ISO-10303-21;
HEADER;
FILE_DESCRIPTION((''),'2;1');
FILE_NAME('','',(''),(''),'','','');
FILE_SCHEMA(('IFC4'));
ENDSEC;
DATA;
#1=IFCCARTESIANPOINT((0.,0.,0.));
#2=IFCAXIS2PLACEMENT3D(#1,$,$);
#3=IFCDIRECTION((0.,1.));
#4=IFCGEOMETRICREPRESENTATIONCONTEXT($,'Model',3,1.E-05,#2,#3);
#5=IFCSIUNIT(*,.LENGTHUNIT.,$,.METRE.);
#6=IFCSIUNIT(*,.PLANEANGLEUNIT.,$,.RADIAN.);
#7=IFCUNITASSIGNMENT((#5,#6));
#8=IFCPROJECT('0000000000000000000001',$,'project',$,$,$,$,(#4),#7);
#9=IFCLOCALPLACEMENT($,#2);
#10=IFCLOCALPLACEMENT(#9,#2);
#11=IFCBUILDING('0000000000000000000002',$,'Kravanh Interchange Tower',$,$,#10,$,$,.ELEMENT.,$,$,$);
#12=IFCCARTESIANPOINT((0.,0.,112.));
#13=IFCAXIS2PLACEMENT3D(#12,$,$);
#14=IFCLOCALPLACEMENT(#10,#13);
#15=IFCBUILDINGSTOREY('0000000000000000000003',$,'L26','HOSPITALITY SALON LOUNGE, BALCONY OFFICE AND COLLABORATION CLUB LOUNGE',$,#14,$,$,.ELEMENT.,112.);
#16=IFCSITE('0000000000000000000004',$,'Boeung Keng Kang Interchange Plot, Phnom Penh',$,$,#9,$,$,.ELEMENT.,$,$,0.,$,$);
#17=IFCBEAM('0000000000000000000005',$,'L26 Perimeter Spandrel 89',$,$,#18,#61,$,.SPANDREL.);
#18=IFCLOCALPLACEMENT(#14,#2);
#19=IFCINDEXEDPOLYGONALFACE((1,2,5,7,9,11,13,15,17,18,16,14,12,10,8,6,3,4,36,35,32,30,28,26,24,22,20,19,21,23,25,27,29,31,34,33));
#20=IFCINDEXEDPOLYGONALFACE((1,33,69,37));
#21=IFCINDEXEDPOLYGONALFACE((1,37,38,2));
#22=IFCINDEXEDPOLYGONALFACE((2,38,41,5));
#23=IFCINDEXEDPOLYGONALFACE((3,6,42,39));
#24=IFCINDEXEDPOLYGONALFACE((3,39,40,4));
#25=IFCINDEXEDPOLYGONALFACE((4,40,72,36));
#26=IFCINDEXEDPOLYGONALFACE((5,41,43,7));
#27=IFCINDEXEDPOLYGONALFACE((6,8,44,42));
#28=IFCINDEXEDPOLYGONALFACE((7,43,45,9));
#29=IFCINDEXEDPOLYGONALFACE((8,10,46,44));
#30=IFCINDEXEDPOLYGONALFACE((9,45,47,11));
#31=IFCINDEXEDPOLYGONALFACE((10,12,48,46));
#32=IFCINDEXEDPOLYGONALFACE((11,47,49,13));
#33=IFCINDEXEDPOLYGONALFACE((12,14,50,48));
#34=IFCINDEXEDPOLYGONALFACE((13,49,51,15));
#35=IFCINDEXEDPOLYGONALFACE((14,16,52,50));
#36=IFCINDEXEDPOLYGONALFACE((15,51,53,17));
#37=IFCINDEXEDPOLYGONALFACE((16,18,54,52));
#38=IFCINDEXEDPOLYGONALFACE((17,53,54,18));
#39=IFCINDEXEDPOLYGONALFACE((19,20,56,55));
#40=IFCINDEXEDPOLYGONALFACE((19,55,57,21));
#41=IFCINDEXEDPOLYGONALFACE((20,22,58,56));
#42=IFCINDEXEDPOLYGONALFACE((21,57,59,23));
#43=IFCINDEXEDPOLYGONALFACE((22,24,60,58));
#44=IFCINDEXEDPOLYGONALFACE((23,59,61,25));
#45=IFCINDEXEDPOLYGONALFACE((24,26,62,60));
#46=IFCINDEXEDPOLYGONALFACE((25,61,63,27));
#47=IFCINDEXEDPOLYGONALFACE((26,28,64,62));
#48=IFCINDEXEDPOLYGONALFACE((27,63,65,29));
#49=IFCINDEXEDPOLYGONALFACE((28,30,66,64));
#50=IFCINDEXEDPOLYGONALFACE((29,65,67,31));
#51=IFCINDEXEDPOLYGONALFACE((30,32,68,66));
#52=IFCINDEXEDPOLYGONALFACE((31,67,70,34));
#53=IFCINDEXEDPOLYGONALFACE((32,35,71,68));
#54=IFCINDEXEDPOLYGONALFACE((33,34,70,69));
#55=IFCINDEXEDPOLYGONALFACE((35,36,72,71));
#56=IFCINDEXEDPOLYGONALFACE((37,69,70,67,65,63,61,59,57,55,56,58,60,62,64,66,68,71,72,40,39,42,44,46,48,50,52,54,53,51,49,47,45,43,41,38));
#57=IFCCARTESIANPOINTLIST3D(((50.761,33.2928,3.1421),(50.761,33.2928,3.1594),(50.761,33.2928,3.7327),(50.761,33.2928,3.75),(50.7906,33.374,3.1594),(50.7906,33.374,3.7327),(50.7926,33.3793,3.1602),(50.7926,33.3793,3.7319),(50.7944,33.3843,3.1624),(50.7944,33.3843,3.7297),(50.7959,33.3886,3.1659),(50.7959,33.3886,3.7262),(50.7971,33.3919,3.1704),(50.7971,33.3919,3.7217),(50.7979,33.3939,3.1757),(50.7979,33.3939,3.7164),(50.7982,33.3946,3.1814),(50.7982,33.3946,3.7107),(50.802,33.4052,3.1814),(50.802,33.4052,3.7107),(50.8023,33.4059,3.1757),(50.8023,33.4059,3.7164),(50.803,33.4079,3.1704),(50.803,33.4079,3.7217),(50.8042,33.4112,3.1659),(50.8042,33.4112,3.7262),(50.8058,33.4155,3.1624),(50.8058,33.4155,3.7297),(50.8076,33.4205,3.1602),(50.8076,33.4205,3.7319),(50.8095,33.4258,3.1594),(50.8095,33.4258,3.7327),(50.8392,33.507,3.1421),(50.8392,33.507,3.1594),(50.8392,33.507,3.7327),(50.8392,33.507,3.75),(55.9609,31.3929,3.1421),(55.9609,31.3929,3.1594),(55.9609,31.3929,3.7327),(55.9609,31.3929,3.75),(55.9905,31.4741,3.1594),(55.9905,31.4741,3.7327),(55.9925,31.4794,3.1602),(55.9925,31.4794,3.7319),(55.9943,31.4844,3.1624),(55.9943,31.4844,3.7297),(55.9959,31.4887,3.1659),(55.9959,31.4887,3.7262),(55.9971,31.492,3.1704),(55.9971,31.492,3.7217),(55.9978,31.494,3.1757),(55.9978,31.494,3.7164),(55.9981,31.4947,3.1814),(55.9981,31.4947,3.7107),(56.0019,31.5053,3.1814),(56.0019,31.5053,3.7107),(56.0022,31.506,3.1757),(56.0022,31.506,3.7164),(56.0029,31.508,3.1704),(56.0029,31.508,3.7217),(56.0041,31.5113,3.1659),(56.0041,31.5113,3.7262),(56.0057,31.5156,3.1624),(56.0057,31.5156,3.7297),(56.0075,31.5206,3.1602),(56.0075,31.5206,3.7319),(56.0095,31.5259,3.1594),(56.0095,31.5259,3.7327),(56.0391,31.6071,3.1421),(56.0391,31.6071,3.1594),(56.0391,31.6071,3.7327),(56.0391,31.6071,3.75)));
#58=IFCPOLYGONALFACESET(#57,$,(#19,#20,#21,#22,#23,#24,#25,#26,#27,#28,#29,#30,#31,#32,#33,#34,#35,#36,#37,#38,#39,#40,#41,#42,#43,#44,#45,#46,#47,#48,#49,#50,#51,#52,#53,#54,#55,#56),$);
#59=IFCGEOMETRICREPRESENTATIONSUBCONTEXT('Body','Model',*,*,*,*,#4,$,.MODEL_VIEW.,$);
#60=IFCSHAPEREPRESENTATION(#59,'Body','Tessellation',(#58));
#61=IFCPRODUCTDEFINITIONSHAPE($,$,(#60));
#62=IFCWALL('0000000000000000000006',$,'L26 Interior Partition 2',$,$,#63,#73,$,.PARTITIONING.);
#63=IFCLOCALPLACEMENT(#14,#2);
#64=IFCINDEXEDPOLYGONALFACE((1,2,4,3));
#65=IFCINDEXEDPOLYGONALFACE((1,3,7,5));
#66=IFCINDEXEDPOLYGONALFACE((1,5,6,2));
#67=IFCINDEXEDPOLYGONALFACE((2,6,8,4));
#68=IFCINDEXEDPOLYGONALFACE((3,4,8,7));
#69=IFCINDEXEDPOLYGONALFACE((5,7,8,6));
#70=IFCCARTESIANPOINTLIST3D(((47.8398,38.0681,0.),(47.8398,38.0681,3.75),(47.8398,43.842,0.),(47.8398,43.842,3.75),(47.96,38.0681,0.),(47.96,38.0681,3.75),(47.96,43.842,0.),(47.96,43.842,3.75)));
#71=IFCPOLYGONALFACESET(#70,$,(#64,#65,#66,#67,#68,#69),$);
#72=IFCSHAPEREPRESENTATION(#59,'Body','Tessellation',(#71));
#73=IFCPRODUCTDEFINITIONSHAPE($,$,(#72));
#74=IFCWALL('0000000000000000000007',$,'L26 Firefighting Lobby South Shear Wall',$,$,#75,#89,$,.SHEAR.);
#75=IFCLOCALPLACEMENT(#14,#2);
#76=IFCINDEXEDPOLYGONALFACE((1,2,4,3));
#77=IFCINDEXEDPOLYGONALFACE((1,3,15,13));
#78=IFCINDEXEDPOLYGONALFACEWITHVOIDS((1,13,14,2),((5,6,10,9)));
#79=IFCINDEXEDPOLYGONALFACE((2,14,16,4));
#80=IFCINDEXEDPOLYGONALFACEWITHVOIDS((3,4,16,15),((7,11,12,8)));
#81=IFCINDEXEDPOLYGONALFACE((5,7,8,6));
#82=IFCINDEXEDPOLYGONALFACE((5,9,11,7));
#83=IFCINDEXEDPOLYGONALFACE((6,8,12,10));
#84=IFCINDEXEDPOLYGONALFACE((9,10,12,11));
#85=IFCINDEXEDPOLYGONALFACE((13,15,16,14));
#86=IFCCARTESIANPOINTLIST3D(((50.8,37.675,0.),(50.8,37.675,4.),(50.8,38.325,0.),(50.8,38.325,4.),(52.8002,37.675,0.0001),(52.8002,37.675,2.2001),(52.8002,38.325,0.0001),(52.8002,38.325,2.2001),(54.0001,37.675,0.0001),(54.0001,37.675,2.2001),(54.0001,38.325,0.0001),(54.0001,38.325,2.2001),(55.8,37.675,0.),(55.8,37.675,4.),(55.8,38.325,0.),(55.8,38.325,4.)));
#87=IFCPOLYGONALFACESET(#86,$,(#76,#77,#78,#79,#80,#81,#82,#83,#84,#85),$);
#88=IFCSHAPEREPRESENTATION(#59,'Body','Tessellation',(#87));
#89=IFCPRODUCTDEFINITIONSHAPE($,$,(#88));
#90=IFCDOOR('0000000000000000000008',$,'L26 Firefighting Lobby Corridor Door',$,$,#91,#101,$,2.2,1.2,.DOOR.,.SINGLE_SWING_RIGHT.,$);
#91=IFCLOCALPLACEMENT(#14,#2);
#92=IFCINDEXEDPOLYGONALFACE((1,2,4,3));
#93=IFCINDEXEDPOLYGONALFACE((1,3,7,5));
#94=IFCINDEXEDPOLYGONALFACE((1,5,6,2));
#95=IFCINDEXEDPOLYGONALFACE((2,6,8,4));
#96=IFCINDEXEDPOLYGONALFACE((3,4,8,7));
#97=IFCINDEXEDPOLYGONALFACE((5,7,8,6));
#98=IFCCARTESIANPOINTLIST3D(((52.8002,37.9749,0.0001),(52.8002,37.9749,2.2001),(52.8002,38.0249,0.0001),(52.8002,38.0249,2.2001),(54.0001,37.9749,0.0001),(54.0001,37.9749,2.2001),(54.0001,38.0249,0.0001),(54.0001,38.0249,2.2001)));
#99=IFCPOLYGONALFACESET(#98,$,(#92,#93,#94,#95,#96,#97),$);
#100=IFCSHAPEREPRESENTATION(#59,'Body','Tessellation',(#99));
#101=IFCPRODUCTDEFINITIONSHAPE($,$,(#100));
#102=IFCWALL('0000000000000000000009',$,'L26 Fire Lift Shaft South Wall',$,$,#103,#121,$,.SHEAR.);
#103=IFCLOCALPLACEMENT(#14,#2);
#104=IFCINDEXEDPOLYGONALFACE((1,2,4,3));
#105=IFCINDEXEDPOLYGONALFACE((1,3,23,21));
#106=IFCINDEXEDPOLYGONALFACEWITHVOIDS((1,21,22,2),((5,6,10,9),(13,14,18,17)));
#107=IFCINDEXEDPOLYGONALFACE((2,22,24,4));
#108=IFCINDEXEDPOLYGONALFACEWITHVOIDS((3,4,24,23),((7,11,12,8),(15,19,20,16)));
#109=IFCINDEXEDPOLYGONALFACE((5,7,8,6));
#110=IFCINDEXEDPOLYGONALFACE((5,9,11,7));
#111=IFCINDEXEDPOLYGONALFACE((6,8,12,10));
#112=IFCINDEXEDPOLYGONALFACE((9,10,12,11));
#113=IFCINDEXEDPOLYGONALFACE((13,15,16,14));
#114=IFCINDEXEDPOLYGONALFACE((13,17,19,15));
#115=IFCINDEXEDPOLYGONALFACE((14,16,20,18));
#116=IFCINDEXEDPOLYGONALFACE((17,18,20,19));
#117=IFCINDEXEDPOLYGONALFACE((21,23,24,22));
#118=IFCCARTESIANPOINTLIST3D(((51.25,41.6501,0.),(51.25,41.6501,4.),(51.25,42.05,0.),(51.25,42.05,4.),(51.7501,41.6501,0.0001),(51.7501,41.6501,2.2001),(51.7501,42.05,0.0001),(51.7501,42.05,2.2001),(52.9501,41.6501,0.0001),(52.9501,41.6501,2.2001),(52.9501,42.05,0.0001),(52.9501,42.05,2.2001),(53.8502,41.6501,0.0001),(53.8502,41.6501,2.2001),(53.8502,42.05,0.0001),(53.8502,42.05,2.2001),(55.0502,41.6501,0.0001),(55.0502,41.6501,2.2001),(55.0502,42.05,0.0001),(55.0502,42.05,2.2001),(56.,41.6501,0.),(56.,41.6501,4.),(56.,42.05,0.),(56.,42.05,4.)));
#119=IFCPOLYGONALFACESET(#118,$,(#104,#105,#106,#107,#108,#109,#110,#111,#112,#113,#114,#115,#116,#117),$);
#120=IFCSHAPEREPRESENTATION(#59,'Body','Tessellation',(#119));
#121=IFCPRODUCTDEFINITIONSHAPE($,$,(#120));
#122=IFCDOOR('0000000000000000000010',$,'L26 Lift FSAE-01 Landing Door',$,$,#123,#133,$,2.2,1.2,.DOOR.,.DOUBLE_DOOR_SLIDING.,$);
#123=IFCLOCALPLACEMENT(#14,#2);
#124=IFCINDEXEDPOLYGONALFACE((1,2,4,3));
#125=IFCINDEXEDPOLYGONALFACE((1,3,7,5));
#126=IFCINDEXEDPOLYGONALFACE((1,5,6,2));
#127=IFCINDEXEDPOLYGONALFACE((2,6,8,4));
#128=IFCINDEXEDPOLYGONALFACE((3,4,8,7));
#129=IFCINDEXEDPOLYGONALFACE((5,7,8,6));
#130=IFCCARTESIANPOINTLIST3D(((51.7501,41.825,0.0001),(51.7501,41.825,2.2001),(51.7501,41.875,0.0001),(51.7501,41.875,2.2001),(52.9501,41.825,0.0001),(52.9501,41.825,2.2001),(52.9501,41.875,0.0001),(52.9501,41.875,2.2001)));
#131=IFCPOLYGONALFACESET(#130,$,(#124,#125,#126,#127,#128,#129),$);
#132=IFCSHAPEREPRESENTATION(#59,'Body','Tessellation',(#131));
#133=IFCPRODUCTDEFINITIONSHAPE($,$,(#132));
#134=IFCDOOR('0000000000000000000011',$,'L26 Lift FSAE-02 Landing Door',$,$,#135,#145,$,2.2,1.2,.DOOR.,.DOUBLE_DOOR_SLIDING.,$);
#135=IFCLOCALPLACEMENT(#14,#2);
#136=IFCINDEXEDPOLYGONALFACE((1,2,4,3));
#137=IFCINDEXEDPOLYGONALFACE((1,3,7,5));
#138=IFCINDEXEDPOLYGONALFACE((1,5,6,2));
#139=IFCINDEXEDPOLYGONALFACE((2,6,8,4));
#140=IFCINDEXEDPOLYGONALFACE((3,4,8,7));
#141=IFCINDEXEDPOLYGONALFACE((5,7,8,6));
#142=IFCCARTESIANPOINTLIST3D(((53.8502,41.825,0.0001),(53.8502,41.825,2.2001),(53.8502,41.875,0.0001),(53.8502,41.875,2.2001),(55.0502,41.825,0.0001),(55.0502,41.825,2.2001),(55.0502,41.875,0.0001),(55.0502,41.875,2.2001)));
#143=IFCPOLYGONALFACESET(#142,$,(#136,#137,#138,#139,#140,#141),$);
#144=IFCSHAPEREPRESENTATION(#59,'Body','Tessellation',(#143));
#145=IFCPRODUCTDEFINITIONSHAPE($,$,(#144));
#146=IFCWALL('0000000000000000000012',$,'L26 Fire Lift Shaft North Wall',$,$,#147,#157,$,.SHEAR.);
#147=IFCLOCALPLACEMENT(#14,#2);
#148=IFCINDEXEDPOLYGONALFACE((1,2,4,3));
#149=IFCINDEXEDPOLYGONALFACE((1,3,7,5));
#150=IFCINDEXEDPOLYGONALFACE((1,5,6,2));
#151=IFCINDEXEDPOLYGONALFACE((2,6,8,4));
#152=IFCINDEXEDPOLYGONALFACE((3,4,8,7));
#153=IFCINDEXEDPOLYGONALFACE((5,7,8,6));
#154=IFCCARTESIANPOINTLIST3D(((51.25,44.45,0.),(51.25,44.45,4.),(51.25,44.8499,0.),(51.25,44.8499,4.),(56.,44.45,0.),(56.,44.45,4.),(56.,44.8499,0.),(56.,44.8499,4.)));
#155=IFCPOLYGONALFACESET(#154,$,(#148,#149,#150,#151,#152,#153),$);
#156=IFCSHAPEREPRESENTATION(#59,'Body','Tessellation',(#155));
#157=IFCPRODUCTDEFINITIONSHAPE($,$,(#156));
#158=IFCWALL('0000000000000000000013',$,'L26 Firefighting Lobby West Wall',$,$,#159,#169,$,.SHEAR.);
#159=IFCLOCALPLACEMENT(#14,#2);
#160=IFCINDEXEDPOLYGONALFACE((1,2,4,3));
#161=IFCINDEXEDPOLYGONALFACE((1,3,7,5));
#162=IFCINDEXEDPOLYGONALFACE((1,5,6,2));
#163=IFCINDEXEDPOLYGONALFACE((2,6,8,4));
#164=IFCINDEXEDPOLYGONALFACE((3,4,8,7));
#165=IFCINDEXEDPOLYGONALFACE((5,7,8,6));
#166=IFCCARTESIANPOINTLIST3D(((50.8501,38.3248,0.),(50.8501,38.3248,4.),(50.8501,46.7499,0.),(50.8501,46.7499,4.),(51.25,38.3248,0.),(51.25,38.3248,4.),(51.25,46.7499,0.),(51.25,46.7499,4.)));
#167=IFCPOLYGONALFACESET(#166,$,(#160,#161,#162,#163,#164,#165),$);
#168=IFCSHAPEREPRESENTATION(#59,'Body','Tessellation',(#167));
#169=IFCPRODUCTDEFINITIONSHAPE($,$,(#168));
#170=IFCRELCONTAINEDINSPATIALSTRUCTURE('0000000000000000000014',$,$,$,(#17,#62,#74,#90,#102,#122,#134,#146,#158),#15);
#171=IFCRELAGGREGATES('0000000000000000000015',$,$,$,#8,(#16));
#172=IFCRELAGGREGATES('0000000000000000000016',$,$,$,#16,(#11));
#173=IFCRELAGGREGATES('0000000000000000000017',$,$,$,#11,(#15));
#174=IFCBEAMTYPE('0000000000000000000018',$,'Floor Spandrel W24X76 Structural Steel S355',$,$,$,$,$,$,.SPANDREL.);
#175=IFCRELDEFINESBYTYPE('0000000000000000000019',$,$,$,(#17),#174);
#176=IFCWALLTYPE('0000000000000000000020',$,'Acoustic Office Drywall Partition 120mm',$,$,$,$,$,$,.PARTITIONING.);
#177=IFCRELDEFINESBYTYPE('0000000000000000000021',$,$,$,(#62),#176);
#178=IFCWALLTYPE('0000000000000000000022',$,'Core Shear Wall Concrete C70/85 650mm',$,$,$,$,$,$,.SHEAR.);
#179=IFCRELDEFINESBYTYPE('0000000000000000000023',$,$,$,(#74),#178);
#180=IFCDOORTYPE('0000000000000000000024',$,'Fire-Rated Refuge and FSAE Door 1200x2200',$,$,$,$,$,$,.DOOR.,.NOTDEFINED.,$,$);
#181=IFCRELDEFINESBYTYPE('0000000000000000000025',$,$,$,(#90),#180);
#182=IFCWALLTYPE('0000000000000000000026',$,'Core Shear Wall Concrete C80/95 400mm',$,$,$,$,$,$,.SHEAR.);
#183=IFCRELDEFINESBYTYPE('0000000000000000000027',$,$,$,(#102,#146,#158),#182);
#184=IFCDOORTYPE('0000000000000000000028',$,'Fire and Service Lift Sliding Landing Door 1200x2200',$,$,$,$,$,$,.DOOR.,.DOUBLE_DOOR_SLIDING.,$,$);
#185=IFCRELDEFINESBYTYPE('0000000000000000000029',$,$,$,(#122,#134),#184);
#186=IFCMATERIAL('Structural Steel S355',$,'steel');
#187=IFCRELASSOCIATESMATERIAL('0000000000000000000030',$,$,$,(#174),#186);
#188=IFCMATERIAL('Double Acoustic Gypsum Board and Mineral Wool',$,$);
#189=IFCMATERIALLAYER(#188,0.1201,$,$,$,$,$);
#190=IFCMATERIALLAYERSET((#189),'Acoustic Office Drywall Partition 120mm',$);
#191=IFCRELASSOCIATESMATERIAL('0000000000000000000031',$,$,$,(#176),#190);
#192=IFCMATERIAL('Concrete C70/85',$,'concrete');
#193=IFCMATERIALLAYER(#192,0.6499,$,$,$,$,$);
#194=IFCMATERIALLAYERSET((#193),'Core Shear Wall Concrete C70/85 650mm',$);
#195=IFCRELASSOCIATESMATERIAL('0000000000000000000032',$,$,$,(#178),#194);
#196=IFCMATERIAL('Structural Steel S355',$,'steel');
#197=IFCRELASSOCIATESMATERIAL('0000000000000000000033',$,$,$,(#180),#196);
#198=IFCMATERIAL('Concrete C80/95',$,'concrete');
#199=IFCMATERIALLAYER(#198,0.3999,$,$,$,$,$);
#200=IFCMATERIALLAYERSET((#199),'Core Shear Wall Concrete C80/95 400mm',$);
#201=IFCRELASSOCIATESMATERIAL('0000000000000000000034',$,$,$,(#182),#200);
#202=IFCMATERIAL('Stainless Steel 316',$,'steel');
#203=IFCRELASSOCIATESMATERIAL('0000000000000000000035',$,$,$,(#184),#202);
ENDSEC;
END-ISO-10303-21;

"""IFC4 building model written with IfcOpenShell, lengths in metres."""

from ifc_helpers import new_model, si_unit, direction, frame, frame_2d, origin, origin_2d, place, context, subcontext, project, spatial, rectangle, i_section, extrude, material, layer, layer_set, material_profile, profile_set, type_object, element, fill, save


model = new_model("IFC4")

# Units and contexts
model_context = context("Model", 3, precision=1e-05, world=origin(), true_north=direction((0.0, 1.0)))
body_context = subcontext(model_context, "Body", "Model", "MODEL_VIEW")
ifc_project = project(units=[si_unit("LENGTHUNIT", "METRE"), si_unit("PLANEANGLEUNIT", "RADIAN")], contexts=[model_context])

# Site, building, storey
site_placement = place(None, origin())
site = spatial("IfcSite", under=ifc_project, at=site_placement, Name="Boeung Keng Kang Interchange Plot, Phnom Penh", CompositionType="ELEMENT", RefElevation=0.0)
building_placement = place(site_placement, origin())
building = spatial("IfcBuilding", under=site, at=building_placement, Name="Kravanh Interchange Tower", CompositionType="ELEMENT")
storey_placement = place(building_placement, frame((0.0, 0.0, 112.0)))
storey = spatial("IfcBuildingStorey", under=building, at=storey_placement, Name="L26", Description="HOSPITALITY SALON LOUNGE, BALCONY OFFICE AND COLLABORATION CLUB LOUNGE", CompositionType="ELEMENT", Elevation=112.0)

# Beam
ifc_material_1 = material(Name="Structural Steel S355", Category="steel")
ifc_material_profile_1 = material_profile(ifc_material_1, i_section(OverallWidth=0.228, OverallDepth=0.6079, WebThickness=0.0112, FlangeThickness=0.0173, FilletRadius=0.022, at=origin_2d()), Name="W24X76")
ifc_profile_set_1 = profile_set([ifc_material_profile_1], Name="Structural Steel S355")
beam_type_1 = type_object("IfcBeamType", Name="Floor Spandrel W24X76 Structural Steel S355", PredefinedType="SPANDREL", material=ifc_profile_set_1)
beam_1_placement = place(storey_placement, frame((56.0, 31.5, 3.446), z_axis=(-0.93927, 0.34318, 0.0), x_axis=(-0.34318, -0.93927, 0.0)))
element("IfcBeam", 1, at=beam_1_placement, inside=storey, type_object=beam_type_1, Name="L26 Perimeter Spandrel 89", PredefinedType="SPANDREL", context=body_context, shape_type="SweptSolid", body=[
    extrude(i_section(OverallWidth=0.228, OverallDepth=0.6079, WebThickness=0.0112, FlangeThickness=0.0173, FilletRadius=0.022, at=origin_2d()), origin(), (0.0, 0.0, 1.0), 5.5361),
])

# Wall
ifc_material_2 = material(Name="Double Acoustic Gypsum Board and Mineral Wool")
ifc_layer_1 = layer(ifc_material_2, 0.1201)
ifc_layer_set_1 = layer_set([ifc_layer_1], Name="Acoustic Office Drywall Partition 120mm")
wall_type_1 = type_object("IfcWallType", Name="Acoustic Office Drywall Partition 120mm", PredefinedType="PARTITIONING", material=ifc_layer_set_1)
wall_1_placement = place(storey_placement, frame((47.8999, 38.0681, 0.0), z_axis=(0.0, 0.0, 1.0), x_axis=(0.0, 1.0, 0.0)))
element("IfcWall", 2, at=wall_1_placement, inside=storey, type_object=wall_type_1, Name="L26 Interior Partition 2", PredefinedType="PARTITIONING", context=body_context, shape_type="SweptSolid", body=[
    extrude(rectangle(XDim=5.7739, YDim=0.1201, at=frame_2d((2.887, 0.0))), origin(), (0.0, 0.0, 1.0), 3.75),
])

# Shared definitions
ifc_material_3 = material(Name="Concrete C70/85", Category="concrete")
ifc_layer_2 = layer(ifc_material_3, 0.6499)
ifc_layer_set_2 = layer_set([ifc_layer_2], Name="Core Shear Wall Concrete C70/85 650mm")
wall_type_2 = type_object("IfcWallType", Name="Core Shear Wall Concrete C70/85 650mm", PredefinedType="SHEAR", material=ifc_layer_set_2)

# Wall, opening, door
wall_2_placement = place(storey_placement, frame((50.8, 38.0, 0.0), z_axis=(0.0, 0.0, 1.0), x_axis=(1.0, 0.0, 0.0)))
wall_2 = element("IfcWall", 3, at=wall_2_placement, inside=storey, type_object=wall_type_2, Name="L26 Firefighting Lobby South Shear Wall", PredefinedType="SHEAR", context=body_context, shape_type="SweptSolid", body=[
    extrude(rectangle(XDim=5.0, YDim=0.6499, at=frame_2d((2.5, 0.0))), origin(), (0.0, 0.0, 1.0), 4.0),
])
opening_1_placement = place(wall_2_placement, frame((2.0, 0.0, 0.0)))
opening_1 = element("IfcOpeningElement", 4, at=opening_1_placement, cuts=wall_2, PredefinedType="OPENING", context=body_context, shape_type="SweptSolid", body=[
    extrude(rectangle(XDim=1.2, YDim=2.2, at=frame_2d((0.6001, 1.1001))), frame((0.0, 0.335, 0.0), z_axis=(0.0, -1.0, 0.0), x_axis=(1.0, 0.0, 0.0)), (0.0, 0.0, 1.0), 0.6699),
])
ifc_material_4 = material(Name="Structural Steel S355", Category="steel")
door_type_1 = type_object("IfcDoorType", Name="Fire-Rated Refuge and FSAE Door 1200x2200", OperationType="NOTDEFINED", PredefinedType="DOOR", material=ifc_material_4)
door_1_placement = place(opening_1_placement, origin())
door_1 = element("IfcDoor", 5, at=door_1_placement, inside=storey, type_object=door_type_1, Name="L26 Firefighting Lobby Corridor Door", OperationType="SINGLE_SWING_RIGHT", OverallHeight=2.2, OverallWidth=1.2, PredefinedType="DOOR", context=body_context, shape_type="SweptSolid", body=[
    extrude(rectangle(XDim=1.2, YDim=2.2, at=frame_2d((0.6001, 1.1001))), frame((0.0, 0.0249, 0.0), z_axis=(0.0, -1.0, 0.0), x_axis=(1.0, 0.0, 0.0)), (0.0, 0.0, 1.0), 0.05),
])
fill(opening_1, door_1)

# Wall, openings, doors
ifc_material_5 = material(Name="Concrete C80/95", Category="concrete")
ifc_layer_3 = layer(ifc_material_5, 0.3999)
ifc_layer_set_3 = layer_set([ifc_layer_3], Name="Core Shear Wall Concrete C80/95 400mm")
wall_type_3 = type_object("IfcWallType", Name="Core Shear Wall Concrete C80/95 400mm", PredefinedType="SHEAR", material=ifc_layer_set_3)
wall_3_placement = place(storey_placement, frame((51.25, 41.8501, 0.0), z_axis=(0.0, 0.0, 1.0), x_axis=(1.0, 0.0, 0.0)))
wall_3 = element("IfcWall", 6, at=wall_3_placement, inside=storey, type_object=wall_type_3, Name="L26 Fire Lift Shaft South Wall", PredefinedType="SHEAR", context=body_context, shape_type="SweptSolid", body=[
    extrude(rectangle(XDim=4.75, YDim=0.3999, at=frame_2d((2.375, 0.0))), origin(), (0.0, 0.0, 1.0), 4.0),
])
opening_2_placement = place(wall_3_placement, frame((0.5, 0.0, 0.0)))
opening_2 = element("IfcOpeningElement", 7, at=opening_2_placement, cuts=wall_3, PredefinedType="OPENING", context=body_context, shape_type="SweptSolid", body=[
    extrude(rectangle(XDim=1.2, YDim=2.2, at=frame_2d((0.6001, 1.1001))), frame((0.0, 0.21, 0.0), z_axis=(0.0, -1.0, 0.0), x_axis=(1.0, 0.0, 0.0)), (0.0, 0.0, 1.0), 0.4199),
])
opening_3_placement = place(wall_3_placement, frame((2.6001, 0.0, 0.0)))
opening_3 = element("IfcOpeningElement", 8, at=opening_3_placement, cuts=wall_3, PredefinedType="OPENING", context=body_context, shape_type="SweptSolid", body=[
    extrude(rectangle(XDim=1.2, YDim=2.2, at=frame_2d((0.6001, 1.1001))), frame((0.0, 0.21, 0.0), z_axis=(0.0, -1.0, 0.0), x_axis=(1.0, 0.0, 0.0)), (0.0, 0.0, 1.0), 0.4199),
])
ifc_material_6 = material(Name="Stainless Steel 316", Category="steel")
door_type_2 = type_object("IfcDoorType", Name="Fire and Service Lift Sliding Landing Door 1200x2200", OperationType="DOUBLE_DOOR_SLIDING", PredefinedType="DOOR", material=ifc_material_6)
door_2_placement = place(opening_2_placement, origin())
door_2 = element("IfcDoor", 9, at=door_2_placement, inside=storey, type_object=door_type_2, Name="L26 Lift FSAE-01 Landing Door", OperationType="DOUBLE_DOOR_SLIDING", OverallHeight=2.2, OverallWidth=1.2, PredefinedType="DOOR", context=body_context, shape_type="SweptSolid", body=[
    extrude(rectangle(XDim=1.2, YDim=2.2, at=frame_2d((0.6001, 1.1001))), frame((0.0, 0.0249, 0.0), z_axis=(0.0, -1.0, 0.0), x_axis=(1.0, 0.0, 0.0)), (0.0, 0.0, 1.0), 0.05),
])
fill(opening_2, door_2)
door_3_placement = place(opening_3_placement, origin())
door_3 = element("IfcDoor", 10, at=door_3_placement, inside=storey, type_object=door_type_2, Name="L26 Lift FSAE-02 Landing Door", OperationType="DOUBLE_DOOR_SLIDING", OverallHeight=2.2, OverallWidth=1.2, PredefinedType="DOOR", context=body_context, shape_type="SweptSolid", body=[
    extrude(rectangle(XDim=1.2, YDim=2.2, at=frame_2d((0.6001, 1.1001))), frame((0.0, 0.0249, 0.0), z_axis=(0.0, -1.0, 0.0), x_axis=(1.0, 0.0, 0.0)), (0.0, 0.0, 1.0), 0.05),
])
fill(opening_3, door_3)

# Walls
wall_4_placement = place(storey_placement, frame((51.25, 44.6499, 0.0), z_axis=(0.0, 0.0, 1.0), x_axis=(1.0, 0.0, 0.0)))
element("IfcWall", 11, at=wall_4_placement, inside=storey, type_object=wall_type_3, Name="L26 Fire Lift Shaft North Wall", PredefinedType="SHEAR", context=body_context, shape_type="SweptSolid", body=[
    extrude(rectangle(XDim=4.75, YDim=0.3999, at=frame_2d((2.375, 0.0))), origin(), (0.0, 0.0, 1.0), 4.0),
])
wall_5_placement = place(storey_placement, frame((51.05, 38.325, 0.0), z_axis=(0.0, 0.0, 1.0), x_axis=(0.0, 1.0, 0.0)))
element("IfcWall", 12, at=wall_5_placement, inside=storey, type_object=wall_type_3, Name="L26 Firefighting Lobby West Wall", PredefinedType="SHEAR", context=body_context, shape_type="SweptSolid", body=[
    extrude(rectangle(XDim=8.425, YDim=0.3999, at=frame_2d((4.2124, 0.0))), origin(), (0.0, 0.0, 1.0), 4.0),
])

save(model, "model.ifc")
